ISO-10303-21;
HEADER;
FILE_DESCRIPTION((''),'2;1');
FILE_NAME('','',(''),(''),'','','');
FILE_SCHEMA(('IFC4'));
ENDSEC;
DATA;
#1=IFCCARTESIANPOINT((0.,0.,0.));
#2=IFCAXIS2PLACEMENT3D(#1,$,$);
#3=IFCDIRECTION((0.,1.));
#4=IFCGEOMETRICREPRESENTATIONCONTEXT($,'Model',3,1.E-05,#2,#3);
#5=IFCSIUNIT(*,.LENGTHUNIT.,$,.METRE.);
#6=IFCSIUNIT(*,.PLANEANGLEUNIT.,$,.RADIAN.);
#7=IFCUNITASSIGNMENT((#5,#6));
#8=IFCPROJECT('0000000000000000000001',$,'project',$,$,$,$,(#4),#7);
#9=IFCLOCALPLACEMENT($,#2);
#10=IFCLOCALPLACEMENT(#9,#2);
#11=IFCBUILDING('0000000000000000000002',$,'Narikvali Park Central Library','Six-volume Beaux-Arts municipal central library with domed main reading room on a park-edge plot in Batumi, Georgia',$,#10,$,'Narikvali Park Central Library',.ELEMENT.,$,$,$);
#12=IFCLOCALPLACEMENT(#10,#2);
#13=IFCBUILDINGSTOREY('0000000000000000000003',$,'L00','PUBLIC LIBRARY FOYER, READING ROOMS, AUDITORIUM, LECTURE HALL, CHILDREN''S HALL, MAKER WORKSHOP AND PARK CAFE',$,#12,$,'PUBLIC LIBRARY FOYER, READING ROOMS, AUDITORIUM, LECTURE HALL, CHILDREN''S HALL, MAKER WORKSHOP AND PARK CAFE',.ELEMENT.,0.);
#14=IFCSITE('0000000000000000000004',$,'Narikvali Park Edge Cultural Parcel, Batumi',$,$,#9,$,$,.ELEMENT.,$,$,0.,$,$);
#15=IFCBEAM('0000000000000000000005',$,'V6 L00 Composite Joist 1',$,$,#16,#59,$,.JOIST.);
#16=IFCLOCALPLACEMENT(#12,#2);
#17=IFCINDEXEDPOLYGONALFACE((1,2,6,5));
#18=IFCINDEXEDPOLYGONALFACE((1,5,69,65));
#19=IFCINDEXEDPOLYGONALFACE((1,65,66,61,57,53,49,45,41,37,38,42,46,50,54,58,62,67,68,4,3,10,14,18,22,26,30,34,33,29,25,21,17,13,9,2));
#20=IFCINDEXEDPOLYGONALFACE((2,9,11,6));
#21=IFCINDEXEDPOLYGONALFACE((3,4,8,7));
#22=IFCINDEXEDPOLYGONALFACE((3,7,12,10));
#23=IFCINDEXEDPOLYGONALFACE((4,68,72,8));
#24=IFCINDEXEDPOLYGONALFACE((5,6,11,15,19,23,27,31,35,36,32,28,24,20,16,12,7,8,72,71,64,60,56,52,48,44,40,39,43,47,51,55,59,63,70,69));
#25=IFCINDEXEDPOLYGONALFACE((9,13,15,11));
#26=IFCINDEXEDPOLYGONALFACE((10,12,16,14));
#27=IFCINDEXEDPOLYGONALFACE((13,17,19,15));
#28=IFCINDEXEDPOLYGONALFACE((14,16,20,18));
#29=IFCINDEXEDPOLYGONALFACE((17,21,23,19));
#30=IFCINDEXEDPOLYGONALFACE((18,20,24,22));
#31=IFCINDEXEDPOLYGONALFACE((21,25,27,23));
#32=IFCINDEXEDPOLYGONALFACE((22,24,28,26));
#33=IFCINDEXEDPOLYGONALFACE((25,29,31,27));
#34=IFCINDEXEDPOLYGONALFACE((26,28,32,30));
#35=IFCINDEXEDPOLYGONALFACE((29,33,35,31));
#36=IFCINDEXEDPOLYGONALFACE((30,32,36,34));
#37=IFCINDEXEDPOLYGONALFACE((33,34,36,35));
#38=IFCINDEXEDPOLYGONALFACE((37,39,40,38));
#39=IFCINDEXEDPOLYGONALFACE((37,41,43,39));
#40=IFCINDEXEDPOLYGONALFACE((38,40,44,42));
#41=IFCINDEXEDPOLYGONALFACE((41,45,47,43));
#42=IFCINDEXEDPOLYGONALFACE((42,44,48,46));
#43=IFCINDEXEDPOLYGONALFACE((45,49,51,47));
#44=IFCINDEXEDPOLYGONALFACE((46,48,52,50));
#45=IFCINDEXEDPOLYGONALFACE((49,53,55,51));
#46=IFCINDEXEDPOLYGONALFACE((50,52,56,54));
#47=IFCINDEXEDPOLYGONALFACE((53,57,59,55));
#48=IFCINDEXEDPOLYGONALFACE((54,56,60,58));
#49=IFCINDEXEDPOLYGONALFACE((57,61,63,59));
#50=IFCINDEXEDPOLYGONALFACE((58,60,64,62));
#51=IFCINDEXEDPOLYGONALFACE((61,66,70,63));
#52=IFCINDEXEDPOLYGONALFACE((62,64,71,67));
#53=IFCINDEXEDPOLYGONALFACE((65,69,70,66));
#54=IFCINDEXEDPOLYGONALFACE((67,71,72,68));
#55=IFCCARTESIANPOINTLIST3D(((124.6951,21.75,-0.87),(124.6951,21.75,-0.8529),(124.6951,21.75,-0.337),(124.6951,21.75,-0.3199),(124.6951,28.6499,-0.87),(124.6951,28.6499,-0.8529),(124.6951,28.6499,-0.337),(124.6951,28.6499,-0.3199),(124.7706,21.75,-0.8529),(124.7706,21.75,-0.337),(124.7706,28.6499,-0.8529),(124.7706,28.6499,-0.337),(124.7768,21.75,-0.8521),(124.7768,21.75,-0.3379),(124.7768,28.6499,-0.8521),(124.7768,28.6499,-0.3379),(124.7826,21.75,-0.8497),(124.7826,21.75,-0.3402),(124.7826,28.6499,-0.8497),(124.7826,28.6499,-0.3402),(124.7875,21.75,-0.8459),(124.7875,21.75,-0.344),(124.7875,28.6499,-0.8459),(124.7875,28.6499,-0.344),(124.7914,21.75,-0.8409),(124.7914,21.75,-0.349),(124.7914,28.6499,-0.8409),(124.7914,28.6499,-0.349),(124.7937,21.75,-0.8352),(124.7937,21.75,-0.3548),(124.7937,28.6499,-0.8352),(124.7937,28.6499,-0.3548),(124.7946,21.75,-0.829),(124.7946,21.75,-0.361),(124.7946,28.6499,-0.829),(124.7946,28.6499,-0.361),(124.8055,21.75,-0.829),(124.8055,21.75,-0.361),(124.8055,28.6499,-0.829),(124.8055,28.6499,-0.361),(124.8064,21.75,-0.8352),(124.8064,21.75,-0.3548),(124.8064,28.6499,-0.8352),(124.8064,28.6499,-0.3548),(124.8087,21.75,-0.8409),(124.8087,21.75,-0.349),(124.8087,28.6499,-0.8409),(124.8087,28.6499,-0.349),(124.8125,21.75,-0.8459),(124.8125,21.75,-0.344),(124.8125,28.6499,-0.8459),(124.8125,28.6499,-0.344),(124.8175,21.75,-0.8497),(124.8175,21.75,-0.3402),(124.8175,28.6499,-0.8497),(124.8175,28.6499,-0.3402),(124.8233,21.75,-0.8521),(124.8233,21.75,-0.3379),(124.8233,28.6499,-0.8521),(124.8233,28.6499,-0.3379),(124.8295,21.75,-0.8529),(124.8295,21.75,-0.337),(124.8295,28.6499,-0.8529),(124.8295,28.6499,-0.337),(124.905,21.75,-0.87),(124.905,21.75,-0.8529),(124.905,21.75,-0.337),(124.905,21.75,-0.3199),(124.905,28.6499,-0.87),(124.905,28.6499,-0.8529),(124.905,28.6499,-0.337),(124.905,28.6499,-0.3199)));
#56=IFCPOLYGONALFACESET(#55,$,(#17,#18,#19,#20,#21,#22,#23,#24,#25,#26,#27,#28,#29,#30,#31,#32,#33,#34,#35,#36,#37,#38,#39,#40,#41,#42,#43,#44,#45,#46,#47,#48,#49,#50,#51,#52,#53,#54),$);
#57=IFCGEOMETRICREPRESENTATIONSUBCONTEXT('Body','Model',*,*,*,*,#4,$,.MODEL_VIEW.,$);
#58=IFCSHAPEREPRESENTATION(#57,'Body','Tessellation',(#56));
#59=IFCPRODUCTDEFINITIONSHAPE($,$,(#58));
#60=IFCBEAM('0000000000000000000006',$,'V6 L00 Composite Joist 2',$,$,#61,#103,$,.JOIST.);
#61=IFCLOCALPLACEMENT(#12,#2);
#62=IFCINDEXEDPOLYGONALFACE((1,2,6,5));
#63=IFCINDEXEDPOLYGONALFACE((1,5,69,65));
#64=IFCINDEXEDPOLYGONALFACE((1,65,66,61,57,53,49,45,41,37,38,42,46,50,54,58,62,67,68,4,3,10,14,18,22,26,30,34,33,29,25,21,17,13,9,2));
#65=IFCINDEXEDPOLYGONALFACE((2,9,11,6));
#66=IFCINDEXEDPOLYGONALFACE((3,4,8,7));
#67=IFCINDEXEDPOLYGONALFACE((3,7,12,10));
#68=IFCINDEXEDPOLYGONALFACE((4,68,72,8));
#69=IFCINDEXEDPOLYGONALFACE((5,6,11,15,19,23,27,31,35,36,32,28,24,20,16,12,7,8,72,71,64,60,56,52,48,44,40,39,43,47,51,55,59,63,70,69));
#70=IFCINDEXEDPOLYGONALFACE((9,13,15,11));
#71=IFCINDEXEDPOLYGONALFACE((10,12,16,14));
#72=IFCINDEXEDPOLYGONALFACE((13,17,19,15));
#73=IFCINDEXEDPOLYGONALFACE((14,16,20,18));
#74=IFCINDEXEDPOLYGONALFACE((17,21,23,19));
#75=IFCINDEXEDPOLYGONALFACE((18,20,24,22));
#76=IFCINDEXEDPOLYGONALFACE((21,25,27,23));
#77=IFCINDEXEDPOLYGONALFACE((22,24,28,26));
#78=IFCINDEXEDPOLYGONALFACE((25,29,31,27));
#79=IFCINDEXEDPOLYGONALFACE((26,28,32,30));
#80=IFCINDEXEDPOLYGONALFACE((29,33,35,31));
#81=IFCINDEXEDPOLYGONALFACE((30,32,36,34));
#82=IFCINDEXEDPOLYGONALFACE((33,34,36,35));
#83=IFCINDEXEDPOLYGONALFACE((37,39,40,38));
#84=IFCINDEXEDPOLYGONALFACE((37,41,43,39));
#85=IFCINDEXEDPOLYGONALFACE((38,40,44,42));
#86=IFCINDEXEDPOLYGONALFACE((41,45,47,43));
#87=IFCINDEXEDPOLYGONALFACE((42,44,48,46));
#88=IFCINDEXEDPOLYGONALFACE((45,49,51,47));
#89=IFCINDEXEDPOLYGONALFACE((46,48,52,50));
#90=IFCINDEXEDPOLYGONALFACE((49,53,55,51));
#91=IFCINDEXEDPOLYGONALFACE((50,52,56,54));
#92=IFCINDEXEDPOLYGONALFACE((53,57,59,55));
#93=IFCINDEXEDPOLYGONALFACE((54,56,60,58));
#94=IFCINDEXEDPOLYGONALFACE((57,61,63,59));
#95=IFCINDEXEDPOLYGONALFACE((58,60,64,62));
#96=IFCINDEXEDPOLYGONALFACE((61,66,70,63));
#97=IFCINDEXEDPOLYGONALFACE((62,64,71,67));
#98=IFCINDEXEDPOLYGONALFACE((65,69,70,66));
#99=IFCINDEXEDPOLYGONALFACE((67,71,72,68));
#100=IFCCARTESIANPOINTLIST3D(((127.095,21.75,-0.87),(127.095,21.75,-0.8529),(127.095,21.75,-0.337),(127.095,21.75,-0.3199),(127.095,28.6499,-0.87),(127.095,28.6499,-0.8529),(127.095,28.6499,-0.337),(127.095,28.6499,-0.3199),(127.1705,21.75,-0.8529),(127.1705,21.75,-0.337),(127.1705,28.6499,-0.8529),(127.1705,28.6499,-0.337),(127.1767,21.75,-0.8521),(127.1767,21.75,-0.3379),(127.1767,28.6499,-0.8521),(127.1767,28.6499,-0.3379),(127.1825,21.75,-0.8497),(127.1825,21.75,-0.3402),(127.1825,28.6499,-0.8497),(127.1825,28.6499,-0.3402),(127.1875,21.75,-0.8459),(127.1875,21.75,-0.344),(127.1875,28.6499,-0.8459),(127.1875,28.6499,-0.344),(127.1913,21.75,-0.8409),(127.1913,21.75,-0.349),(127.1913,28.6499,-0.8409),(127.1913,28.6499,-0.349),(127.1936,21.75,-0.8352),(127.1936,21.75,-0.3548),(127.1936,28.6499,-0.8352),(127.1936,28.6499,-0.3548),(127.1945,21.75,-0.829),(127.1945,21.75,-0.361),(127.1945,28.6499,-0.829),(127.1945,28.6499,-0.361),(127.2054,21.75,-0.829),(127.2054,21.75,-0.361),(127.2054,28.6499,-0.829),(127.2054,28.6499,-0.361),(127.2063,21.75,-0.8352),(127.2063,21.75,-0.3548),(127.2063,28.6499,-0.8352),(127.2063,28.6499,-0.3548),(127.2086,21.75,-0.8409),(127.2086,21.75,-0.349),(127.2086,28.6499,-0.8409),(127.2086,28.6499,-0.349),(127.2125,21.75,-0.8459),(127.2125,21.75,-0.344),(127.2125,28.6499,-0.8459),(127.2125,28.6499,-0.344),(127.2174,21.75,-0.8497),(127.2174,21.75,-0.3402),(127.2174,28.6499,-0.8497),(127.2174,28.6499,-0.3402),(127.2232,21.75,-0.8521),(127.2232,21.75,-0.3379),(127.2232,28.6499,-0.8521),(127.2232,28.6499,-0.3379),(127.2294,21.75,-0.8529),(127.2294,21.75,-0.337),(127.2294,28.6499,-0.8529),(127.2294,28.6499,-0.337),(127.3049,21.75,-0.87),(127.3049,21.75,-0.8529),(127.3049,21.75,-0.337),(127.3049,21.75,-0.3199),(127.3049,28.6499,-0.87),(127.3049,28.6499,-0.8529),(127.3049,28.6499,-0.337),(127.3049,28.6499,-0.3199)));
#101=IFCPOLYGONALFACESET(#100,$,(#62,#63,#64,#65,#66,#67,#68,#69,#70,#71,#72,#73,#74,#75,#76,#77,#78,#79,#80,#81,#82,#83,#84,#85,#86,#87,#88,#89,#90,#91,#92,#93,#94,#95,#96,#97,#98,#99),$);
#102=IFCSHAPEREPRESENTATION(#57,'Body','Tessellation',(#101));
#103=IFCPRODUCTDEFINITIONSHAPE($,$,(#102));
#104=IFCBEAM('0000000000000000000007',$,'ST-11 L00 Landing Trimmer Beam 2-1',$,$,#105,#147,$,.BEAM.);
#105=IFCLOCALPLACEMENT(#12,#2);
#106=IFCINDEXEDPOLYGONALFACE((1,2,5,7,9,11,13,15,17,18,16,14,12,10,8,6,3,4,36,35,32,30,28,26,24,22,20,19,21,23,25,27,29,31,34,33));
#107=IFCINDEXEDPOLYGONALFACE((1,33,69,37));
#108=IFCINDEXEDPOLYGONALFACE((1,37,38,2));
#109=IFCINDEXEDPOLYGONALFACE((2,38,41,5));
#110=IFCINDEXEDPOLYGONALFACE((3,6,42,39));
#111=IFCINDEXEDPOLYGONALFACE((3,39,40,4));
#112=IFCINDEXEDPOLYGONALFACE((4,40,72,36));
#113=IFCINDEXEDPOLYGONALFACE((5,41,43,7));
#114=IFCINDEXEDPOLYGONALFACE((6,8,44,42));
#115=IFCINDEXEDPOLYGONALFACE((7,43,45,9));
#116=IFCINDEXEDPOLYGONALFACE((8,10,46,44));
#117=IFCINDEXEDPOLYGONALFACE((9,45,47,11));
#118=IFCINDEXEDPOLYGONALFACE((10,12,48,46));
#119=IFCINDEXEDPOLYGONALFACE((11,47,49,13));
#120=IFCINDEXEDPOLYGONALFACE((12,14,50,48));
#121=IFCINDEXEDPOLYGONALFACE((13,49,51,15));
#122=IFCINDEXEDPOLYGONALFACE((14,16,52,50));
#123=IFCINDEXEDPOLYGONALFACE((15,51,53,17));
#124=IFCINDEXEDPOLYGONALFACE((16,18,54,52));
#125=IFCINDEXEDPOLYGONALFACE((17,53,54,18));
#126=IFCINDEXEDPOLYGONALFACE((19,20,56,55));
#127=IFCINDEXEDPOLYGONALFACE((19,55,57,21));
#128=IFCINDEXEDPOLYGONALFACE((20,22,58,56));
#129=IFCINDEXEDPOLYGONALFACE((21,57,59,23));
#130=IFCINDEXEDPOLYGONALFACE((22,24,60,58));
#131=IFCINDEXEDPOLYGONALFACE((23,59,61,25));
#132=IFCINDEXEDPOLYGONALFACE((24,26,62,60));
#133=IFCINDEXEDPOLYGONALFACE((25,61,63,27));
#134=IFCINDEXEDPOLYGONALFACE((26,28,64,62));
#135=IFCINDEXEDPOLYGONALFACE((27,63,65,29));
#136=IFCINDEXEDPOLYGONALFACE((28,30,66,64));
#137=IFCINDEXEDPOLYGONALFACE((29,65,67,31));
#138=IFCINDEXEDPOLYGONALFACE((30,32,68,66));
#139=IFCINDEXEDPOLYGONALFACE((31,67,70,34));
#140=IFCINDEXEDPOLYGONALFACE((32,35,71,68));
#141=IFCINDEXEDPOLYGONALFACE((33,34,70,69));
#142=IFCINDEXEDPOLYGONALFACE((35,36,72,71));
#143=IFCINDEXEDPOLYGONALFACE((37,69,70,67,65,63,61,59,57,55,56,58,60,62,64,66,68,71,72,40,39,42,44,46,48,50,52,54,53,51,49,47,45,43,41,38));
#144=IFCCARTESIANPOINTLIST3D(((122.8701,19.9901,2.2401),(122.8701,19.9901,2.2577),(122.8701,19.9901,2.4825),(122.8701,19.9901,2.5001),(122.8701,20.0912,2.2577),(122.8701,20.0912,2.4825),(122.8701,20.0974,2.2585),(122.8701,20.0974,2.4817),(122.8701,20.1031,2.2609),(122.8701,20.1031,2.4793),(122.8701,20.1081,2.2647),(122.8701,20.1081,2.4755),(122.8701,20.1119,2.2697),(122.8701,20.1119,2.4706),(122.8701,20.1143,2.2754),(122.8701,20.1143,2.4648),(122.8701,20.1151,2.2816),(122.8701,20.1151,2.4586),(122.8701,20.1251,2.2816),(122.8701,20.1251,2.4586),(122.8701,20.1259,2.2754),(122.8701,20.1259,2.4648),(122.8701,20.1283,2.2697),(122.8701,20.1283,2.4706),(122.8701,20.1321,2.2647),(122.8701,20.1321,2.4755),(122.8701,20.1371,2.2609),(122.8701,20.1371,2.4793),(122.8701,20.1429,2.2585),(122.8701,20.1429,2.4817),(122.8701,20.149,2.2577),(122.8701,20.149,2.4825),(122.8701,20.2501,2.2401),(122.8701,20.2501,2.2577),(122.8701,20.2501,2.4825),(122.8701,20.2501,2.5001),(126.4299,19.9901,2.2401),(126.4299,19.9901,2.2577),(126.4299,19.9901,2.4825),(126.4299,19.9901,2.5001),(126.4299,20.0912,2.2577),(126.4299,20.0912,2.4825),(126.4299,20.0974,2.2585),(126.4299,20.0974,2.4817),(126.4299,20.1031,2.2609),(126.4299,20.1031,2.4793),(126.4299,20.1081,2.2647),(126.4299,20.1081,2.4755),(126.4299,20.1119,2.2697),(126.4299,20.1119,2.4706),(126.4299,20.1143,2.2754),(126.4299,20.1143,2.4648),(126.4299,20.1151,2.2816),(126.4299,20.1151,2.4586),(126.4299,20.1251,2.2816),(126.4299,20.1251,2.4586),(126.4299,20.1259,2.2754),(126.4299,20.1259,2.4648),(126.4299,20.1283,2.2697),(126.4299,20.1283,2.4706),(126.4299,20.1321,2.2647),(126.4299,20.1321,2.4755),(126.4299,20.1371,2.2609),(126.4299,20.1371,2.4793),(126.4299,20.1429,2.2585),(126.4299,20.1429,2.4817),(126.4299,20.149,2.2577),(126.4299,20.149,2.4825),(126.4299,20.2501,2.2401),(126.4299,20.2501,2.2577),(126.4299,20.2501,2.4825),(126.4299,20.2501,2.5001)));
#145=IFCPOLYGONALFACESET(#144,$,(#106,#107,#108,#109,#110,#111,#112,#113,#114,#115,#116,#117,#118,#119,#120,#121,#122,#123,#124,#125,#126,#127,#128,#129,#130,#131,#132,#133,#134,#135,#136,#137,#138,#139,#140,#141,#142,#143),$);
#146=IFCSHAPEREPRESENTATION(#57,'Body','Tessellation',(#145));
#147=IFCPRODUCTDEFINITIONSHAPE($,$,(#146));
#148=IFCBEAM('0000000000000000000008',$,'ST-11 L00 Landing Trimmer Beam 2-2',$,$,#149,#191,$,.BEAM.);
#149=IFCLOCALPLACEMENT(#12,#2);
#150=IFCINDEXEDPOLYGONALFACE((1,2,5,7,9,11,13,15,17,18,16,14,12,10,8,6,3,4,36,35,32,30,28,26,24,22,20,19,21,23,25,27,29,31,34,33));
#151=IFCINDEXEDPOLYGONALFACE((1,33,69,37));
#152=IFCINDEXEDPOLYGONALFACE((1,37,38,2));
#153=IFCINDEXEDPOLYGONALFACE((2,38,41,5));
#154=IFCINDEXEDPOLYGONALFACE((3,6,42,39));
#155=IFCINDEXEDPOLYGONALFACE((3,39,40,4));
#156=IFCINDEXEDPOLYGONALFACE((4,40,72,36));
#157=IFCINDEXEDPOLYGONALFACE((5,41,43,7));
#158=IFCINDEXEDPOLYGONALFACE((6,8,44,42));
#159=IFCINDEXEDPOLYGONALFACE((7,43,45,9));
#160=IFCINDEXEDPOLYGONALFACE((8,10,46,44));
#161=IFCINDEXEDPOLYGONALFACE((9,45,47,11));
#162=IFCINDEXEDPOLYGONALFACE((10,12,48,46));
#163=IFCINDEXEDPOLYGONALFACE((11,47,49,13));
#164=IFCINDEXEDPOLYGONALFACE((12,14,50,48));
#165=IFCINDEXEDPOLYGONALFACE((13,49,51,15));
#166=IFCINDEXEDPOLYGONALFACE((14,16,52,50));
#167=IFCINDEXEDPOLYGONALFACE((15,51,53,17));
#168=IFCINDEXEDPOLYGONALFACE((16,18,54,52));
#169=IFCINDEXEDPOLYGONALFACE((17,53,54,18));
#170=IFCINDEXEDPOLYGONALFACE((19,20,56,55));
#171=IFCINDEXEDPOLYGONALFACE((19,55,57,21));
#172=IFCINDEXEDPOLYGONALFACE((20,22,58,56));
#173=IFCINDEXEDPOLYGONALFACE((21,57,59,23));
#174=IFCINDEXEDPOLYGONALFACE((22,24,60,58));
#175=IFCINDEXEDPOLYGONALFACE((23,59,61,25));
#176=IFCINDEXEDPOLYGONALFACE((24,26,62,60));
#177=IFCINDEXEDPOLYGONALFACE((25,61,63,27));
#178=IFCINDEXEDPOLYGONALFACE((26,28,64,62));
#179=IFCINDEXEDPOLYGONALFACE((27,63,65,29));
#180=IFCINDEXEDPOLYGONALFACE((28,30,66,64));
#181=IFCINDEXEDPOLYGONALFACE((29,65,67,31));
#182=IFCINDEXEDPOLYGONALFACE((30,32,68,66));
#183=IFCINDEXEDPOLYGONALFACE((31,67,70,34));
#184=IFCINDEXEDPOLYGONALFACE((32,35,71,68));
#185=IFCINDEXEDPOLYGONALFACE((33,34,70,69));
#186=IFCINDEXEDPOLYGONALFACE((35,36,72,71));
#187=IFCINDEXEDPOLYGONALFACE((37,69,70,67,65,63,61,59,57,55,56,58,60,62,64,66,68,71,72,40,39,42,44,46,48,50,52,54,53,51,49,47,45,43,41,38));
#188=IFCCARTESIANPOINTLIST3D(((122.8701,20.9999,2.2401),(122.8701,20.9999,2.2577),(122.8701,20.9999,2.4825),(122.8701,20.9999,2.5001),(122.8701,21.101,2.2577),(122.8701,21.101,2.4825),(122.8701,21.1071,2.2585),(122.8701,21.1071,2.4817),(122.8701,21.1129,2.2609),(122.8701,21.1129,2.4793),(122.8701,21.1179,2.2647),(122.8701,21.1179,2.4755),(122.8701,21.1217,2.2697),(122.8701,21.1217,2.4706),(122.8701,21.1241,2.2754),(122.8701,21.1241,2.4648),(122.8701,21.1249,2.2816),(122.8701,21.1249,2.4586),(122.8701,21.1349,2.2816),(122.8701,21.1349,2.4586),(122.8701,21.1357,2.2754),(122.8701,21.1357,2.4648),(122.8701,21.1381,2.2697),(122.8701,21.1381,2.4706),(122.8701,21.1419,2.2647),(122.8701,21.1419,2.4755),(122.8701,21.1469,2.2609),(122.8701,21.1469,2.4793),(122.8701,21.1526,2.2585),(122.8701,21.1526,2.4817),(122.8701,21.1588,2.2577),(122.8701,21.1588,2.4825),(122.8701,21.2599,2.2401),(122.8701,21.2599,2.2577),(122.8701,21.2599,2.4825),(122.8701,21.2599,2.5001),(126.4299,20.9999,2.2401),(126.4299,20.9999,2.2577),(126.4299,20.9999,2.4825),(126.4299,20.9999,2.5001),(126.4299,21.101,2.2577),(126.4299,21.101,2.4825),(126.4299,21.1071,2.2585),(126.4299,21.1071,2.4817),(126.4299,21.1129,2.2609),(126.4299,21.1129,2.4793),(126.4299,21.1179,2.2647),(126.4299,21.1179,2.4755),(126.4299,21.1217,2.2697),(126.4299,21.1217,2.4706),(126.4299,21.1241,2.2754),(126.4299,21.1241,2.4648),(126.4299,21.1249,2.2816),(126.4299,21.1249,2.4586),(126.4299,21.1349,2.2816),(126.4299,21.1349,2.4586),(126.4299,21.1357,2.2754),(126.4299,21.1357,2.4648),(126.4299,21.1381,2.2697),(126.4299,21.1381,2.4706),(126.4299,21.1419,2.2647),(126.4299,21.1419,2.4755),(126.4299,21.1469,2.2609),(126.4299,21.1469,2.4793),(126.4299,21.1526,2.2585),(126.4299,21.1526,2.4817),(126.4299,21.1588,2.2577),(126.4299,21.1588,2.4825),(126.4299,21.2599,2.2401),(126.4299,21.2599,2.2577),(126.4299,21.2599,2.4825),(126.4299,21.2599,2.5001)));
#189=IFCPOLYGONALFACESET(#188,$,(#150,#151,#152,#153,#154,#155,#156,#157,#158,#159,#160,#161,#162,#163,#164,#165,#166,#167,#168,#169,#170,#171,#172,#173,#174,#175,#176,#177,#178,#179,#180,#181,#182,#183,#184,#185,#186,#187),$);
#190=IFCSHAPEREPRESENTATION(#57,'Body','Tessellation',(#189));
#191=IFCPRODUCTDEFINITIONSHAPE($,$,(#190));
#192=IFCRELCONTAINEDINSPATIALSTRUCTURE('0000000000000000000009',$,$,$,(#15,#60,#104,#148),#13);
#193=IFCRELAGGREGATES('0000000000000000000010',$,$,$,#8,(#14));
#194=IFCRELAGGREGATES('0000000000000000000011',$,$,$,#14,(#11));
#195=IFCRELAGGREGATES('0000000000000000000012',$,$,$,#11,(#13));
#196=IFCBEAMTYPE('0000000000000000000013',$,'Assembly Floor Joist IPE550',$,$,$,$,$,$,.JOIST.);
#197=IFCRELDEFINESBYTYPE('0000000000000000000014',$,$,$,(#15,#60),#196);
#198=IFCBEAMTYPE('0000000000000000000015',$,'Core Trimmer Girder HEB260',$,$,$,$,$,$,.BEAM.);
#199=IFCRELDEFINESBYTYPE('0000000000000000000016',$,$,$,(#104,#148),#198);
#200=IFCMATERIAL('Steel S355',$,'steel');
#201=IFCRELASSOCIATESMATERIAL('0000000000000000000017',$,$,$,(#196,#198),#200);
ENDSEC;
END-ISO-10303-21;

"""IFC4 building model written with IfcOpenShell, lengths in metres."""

from ifc_helpers import new_model, si_unit, direction, frame, origin, origin_2d, place, context, subcontext, project, spatial, i_section, extrude, material, material_profile, profile_set, type_object, element, save


model = new_model("IFC4")

# Units and contexts
model_context = context("Model", 3, precision=1e-05, world=origin(), true_north=direction((0.0, 1.0)))
body_context = subcontext(model_context, "Body", "Model", "MODEL_VIEW")
ifc_project = project(units=[si_unit("LENGTHUNIT", "METRE"), si_unit("PLANEANGLEUNIT", "RADIAN")], contexts=[model_context])

# Site, building, storey
site_placement = place(None, origin())
site = spatial("IfcSite", under=ifc_project, at=site_placement, Name="Narikvali Park Edge Cultural Parcel, Batumi", CompositionType="ELEMENT", RefElevation=0.0)
building_placement = place(site_placement, origin())
building = spatial("IfcBuilding", under=site, at=building_placement, Name="Narikvali Park Central Library", Description="Six-volume Beaux-Arts municipal central library with domed main reading room on a park-edge plot in Batumi, Georgia", LongName="Narikvali Park Central Library", CompositionType="ELEMENT")
storey_placement = place(building_placement, origin())
storey = spatial("IfcBuildingStorey", under=building, at=storey_placement, Name="L00", Description="PUBLIC LIBRARY FOYER, READING ROOMS, AUDITORIUM, LECTURE HALL, CHILDREN'S HALL, MAKER WORKSHOP AND PARK CAFE", LongName="PUBLIC LIBRARY FOYER, READING ROOMS, AUDITORIUM, LECTURE HALL, CHILDREN'S HALL, MAKER WORKSHOP AND PARK CAFE", CompositionType="ELEMENT", Elevation=0.0)

# Shared definitions
ifc_material_1 = material(Name="Steel S355", Category="steel")

# Beams
ifc_material_profile_1 = material_profile(ifc_material_1, i_section(OverallWidth=0.21, OverallDepth=0.55, WebThickness=0.011, FlangeThickness=0.0171, FilletRadius=0.0239, at=origin_2d()), Name="IPE 550")
ifc_profile_set_1 = profile_set([ifc_material_profile_1], Name="Steel S355")
beam_type_1 = type_object("IfcBeamType", Name="Assembly Floor Joist IPE550", PredefinedType="JOIST", material=ifc_profile_set_1)
for number, where, z_axis, x_axis, name in (
    (1, (124.8, 21.75, -0.595), (0.0, 1.0, 0.0), (-1.0, 0.0, 0.0), "V6 L00 Composite Joist 1"),
    (2, (127.2, 21.75, -0.595), (0.0, 1.0, 0.0), (-1.0, 0.0, 0.0), "V6 L00 Composite Joist 2"),
):
    element("IfcBeam", number, at=place(storey_placement, frame(where, z_axis=z_axis, x_axis=x_axis)), inside=storey, type_object=beam_type_1, Name=name, PredefinedType="JOIST", context=body_context, shape_type="SweptSolid", body=[
        extrude(i_section(OverallWidth=0.21, OverallDepth=0.55, WebThickness=0.011, FlangeThickness=0.0171, FilletRadius=0.0239, at=origin_2d()), origin(), (0.0, 0.0, 1.0), 6.8999),
    ])
ifc_material_profile_2 = material_profile(ifc_material_1, i_section(OverallWidth=0.26, OverallDepth=0.26, WebThickness=0.01, FlangeThickness=0.0176, FilletRadius=0.0239, at=origin_2d()), Name="HEB 260")
ifc_profile_set_2 = profile_set([ifc_material_profile_2], Name="Steel S355")
beam_type_2 = type_object("IfcBeamType", Name="Core Trimmer Girder HEB260", PredefinedType="BEAM", material=ifc_profile_set_2)
for number, where, z_axis, x_axis, name in (
    (3, (122.8701, 20.1201, 2.3701), (1.0, 0.0, 0.0), (0.0, 1.0, 0.0), "ST-11 L00 Landing Trimmer Beam 2-1"),
    (4, (122.8701, 21.1299, 2.3701), (1.0, 0.0, 0.0), (0.0, 1.0, 0.0), "ST-11 L00 Landing Trimmer Beam 2-2"),
):
    element("IfcBeam", number, at=place(storey_placement, frame(where, z_axis=z_axis, x_axis=x_axis)), inside=storey, type_object=beam_type_2, Name=name, PredefinedType="BEAM", context=body_context, shape_type="SweptSolid", body=[
        extrude(i_section(OverallWidth=0.26, OverallDepth=0.26, WebThickness=0.01, FlangeThickness=0.0176, FilletRadius=0.0239, at=origin_2d()), origin(), (0.0, 0.0, 1.0), 3.5598),
    ])

save(model, "model.ifc")
